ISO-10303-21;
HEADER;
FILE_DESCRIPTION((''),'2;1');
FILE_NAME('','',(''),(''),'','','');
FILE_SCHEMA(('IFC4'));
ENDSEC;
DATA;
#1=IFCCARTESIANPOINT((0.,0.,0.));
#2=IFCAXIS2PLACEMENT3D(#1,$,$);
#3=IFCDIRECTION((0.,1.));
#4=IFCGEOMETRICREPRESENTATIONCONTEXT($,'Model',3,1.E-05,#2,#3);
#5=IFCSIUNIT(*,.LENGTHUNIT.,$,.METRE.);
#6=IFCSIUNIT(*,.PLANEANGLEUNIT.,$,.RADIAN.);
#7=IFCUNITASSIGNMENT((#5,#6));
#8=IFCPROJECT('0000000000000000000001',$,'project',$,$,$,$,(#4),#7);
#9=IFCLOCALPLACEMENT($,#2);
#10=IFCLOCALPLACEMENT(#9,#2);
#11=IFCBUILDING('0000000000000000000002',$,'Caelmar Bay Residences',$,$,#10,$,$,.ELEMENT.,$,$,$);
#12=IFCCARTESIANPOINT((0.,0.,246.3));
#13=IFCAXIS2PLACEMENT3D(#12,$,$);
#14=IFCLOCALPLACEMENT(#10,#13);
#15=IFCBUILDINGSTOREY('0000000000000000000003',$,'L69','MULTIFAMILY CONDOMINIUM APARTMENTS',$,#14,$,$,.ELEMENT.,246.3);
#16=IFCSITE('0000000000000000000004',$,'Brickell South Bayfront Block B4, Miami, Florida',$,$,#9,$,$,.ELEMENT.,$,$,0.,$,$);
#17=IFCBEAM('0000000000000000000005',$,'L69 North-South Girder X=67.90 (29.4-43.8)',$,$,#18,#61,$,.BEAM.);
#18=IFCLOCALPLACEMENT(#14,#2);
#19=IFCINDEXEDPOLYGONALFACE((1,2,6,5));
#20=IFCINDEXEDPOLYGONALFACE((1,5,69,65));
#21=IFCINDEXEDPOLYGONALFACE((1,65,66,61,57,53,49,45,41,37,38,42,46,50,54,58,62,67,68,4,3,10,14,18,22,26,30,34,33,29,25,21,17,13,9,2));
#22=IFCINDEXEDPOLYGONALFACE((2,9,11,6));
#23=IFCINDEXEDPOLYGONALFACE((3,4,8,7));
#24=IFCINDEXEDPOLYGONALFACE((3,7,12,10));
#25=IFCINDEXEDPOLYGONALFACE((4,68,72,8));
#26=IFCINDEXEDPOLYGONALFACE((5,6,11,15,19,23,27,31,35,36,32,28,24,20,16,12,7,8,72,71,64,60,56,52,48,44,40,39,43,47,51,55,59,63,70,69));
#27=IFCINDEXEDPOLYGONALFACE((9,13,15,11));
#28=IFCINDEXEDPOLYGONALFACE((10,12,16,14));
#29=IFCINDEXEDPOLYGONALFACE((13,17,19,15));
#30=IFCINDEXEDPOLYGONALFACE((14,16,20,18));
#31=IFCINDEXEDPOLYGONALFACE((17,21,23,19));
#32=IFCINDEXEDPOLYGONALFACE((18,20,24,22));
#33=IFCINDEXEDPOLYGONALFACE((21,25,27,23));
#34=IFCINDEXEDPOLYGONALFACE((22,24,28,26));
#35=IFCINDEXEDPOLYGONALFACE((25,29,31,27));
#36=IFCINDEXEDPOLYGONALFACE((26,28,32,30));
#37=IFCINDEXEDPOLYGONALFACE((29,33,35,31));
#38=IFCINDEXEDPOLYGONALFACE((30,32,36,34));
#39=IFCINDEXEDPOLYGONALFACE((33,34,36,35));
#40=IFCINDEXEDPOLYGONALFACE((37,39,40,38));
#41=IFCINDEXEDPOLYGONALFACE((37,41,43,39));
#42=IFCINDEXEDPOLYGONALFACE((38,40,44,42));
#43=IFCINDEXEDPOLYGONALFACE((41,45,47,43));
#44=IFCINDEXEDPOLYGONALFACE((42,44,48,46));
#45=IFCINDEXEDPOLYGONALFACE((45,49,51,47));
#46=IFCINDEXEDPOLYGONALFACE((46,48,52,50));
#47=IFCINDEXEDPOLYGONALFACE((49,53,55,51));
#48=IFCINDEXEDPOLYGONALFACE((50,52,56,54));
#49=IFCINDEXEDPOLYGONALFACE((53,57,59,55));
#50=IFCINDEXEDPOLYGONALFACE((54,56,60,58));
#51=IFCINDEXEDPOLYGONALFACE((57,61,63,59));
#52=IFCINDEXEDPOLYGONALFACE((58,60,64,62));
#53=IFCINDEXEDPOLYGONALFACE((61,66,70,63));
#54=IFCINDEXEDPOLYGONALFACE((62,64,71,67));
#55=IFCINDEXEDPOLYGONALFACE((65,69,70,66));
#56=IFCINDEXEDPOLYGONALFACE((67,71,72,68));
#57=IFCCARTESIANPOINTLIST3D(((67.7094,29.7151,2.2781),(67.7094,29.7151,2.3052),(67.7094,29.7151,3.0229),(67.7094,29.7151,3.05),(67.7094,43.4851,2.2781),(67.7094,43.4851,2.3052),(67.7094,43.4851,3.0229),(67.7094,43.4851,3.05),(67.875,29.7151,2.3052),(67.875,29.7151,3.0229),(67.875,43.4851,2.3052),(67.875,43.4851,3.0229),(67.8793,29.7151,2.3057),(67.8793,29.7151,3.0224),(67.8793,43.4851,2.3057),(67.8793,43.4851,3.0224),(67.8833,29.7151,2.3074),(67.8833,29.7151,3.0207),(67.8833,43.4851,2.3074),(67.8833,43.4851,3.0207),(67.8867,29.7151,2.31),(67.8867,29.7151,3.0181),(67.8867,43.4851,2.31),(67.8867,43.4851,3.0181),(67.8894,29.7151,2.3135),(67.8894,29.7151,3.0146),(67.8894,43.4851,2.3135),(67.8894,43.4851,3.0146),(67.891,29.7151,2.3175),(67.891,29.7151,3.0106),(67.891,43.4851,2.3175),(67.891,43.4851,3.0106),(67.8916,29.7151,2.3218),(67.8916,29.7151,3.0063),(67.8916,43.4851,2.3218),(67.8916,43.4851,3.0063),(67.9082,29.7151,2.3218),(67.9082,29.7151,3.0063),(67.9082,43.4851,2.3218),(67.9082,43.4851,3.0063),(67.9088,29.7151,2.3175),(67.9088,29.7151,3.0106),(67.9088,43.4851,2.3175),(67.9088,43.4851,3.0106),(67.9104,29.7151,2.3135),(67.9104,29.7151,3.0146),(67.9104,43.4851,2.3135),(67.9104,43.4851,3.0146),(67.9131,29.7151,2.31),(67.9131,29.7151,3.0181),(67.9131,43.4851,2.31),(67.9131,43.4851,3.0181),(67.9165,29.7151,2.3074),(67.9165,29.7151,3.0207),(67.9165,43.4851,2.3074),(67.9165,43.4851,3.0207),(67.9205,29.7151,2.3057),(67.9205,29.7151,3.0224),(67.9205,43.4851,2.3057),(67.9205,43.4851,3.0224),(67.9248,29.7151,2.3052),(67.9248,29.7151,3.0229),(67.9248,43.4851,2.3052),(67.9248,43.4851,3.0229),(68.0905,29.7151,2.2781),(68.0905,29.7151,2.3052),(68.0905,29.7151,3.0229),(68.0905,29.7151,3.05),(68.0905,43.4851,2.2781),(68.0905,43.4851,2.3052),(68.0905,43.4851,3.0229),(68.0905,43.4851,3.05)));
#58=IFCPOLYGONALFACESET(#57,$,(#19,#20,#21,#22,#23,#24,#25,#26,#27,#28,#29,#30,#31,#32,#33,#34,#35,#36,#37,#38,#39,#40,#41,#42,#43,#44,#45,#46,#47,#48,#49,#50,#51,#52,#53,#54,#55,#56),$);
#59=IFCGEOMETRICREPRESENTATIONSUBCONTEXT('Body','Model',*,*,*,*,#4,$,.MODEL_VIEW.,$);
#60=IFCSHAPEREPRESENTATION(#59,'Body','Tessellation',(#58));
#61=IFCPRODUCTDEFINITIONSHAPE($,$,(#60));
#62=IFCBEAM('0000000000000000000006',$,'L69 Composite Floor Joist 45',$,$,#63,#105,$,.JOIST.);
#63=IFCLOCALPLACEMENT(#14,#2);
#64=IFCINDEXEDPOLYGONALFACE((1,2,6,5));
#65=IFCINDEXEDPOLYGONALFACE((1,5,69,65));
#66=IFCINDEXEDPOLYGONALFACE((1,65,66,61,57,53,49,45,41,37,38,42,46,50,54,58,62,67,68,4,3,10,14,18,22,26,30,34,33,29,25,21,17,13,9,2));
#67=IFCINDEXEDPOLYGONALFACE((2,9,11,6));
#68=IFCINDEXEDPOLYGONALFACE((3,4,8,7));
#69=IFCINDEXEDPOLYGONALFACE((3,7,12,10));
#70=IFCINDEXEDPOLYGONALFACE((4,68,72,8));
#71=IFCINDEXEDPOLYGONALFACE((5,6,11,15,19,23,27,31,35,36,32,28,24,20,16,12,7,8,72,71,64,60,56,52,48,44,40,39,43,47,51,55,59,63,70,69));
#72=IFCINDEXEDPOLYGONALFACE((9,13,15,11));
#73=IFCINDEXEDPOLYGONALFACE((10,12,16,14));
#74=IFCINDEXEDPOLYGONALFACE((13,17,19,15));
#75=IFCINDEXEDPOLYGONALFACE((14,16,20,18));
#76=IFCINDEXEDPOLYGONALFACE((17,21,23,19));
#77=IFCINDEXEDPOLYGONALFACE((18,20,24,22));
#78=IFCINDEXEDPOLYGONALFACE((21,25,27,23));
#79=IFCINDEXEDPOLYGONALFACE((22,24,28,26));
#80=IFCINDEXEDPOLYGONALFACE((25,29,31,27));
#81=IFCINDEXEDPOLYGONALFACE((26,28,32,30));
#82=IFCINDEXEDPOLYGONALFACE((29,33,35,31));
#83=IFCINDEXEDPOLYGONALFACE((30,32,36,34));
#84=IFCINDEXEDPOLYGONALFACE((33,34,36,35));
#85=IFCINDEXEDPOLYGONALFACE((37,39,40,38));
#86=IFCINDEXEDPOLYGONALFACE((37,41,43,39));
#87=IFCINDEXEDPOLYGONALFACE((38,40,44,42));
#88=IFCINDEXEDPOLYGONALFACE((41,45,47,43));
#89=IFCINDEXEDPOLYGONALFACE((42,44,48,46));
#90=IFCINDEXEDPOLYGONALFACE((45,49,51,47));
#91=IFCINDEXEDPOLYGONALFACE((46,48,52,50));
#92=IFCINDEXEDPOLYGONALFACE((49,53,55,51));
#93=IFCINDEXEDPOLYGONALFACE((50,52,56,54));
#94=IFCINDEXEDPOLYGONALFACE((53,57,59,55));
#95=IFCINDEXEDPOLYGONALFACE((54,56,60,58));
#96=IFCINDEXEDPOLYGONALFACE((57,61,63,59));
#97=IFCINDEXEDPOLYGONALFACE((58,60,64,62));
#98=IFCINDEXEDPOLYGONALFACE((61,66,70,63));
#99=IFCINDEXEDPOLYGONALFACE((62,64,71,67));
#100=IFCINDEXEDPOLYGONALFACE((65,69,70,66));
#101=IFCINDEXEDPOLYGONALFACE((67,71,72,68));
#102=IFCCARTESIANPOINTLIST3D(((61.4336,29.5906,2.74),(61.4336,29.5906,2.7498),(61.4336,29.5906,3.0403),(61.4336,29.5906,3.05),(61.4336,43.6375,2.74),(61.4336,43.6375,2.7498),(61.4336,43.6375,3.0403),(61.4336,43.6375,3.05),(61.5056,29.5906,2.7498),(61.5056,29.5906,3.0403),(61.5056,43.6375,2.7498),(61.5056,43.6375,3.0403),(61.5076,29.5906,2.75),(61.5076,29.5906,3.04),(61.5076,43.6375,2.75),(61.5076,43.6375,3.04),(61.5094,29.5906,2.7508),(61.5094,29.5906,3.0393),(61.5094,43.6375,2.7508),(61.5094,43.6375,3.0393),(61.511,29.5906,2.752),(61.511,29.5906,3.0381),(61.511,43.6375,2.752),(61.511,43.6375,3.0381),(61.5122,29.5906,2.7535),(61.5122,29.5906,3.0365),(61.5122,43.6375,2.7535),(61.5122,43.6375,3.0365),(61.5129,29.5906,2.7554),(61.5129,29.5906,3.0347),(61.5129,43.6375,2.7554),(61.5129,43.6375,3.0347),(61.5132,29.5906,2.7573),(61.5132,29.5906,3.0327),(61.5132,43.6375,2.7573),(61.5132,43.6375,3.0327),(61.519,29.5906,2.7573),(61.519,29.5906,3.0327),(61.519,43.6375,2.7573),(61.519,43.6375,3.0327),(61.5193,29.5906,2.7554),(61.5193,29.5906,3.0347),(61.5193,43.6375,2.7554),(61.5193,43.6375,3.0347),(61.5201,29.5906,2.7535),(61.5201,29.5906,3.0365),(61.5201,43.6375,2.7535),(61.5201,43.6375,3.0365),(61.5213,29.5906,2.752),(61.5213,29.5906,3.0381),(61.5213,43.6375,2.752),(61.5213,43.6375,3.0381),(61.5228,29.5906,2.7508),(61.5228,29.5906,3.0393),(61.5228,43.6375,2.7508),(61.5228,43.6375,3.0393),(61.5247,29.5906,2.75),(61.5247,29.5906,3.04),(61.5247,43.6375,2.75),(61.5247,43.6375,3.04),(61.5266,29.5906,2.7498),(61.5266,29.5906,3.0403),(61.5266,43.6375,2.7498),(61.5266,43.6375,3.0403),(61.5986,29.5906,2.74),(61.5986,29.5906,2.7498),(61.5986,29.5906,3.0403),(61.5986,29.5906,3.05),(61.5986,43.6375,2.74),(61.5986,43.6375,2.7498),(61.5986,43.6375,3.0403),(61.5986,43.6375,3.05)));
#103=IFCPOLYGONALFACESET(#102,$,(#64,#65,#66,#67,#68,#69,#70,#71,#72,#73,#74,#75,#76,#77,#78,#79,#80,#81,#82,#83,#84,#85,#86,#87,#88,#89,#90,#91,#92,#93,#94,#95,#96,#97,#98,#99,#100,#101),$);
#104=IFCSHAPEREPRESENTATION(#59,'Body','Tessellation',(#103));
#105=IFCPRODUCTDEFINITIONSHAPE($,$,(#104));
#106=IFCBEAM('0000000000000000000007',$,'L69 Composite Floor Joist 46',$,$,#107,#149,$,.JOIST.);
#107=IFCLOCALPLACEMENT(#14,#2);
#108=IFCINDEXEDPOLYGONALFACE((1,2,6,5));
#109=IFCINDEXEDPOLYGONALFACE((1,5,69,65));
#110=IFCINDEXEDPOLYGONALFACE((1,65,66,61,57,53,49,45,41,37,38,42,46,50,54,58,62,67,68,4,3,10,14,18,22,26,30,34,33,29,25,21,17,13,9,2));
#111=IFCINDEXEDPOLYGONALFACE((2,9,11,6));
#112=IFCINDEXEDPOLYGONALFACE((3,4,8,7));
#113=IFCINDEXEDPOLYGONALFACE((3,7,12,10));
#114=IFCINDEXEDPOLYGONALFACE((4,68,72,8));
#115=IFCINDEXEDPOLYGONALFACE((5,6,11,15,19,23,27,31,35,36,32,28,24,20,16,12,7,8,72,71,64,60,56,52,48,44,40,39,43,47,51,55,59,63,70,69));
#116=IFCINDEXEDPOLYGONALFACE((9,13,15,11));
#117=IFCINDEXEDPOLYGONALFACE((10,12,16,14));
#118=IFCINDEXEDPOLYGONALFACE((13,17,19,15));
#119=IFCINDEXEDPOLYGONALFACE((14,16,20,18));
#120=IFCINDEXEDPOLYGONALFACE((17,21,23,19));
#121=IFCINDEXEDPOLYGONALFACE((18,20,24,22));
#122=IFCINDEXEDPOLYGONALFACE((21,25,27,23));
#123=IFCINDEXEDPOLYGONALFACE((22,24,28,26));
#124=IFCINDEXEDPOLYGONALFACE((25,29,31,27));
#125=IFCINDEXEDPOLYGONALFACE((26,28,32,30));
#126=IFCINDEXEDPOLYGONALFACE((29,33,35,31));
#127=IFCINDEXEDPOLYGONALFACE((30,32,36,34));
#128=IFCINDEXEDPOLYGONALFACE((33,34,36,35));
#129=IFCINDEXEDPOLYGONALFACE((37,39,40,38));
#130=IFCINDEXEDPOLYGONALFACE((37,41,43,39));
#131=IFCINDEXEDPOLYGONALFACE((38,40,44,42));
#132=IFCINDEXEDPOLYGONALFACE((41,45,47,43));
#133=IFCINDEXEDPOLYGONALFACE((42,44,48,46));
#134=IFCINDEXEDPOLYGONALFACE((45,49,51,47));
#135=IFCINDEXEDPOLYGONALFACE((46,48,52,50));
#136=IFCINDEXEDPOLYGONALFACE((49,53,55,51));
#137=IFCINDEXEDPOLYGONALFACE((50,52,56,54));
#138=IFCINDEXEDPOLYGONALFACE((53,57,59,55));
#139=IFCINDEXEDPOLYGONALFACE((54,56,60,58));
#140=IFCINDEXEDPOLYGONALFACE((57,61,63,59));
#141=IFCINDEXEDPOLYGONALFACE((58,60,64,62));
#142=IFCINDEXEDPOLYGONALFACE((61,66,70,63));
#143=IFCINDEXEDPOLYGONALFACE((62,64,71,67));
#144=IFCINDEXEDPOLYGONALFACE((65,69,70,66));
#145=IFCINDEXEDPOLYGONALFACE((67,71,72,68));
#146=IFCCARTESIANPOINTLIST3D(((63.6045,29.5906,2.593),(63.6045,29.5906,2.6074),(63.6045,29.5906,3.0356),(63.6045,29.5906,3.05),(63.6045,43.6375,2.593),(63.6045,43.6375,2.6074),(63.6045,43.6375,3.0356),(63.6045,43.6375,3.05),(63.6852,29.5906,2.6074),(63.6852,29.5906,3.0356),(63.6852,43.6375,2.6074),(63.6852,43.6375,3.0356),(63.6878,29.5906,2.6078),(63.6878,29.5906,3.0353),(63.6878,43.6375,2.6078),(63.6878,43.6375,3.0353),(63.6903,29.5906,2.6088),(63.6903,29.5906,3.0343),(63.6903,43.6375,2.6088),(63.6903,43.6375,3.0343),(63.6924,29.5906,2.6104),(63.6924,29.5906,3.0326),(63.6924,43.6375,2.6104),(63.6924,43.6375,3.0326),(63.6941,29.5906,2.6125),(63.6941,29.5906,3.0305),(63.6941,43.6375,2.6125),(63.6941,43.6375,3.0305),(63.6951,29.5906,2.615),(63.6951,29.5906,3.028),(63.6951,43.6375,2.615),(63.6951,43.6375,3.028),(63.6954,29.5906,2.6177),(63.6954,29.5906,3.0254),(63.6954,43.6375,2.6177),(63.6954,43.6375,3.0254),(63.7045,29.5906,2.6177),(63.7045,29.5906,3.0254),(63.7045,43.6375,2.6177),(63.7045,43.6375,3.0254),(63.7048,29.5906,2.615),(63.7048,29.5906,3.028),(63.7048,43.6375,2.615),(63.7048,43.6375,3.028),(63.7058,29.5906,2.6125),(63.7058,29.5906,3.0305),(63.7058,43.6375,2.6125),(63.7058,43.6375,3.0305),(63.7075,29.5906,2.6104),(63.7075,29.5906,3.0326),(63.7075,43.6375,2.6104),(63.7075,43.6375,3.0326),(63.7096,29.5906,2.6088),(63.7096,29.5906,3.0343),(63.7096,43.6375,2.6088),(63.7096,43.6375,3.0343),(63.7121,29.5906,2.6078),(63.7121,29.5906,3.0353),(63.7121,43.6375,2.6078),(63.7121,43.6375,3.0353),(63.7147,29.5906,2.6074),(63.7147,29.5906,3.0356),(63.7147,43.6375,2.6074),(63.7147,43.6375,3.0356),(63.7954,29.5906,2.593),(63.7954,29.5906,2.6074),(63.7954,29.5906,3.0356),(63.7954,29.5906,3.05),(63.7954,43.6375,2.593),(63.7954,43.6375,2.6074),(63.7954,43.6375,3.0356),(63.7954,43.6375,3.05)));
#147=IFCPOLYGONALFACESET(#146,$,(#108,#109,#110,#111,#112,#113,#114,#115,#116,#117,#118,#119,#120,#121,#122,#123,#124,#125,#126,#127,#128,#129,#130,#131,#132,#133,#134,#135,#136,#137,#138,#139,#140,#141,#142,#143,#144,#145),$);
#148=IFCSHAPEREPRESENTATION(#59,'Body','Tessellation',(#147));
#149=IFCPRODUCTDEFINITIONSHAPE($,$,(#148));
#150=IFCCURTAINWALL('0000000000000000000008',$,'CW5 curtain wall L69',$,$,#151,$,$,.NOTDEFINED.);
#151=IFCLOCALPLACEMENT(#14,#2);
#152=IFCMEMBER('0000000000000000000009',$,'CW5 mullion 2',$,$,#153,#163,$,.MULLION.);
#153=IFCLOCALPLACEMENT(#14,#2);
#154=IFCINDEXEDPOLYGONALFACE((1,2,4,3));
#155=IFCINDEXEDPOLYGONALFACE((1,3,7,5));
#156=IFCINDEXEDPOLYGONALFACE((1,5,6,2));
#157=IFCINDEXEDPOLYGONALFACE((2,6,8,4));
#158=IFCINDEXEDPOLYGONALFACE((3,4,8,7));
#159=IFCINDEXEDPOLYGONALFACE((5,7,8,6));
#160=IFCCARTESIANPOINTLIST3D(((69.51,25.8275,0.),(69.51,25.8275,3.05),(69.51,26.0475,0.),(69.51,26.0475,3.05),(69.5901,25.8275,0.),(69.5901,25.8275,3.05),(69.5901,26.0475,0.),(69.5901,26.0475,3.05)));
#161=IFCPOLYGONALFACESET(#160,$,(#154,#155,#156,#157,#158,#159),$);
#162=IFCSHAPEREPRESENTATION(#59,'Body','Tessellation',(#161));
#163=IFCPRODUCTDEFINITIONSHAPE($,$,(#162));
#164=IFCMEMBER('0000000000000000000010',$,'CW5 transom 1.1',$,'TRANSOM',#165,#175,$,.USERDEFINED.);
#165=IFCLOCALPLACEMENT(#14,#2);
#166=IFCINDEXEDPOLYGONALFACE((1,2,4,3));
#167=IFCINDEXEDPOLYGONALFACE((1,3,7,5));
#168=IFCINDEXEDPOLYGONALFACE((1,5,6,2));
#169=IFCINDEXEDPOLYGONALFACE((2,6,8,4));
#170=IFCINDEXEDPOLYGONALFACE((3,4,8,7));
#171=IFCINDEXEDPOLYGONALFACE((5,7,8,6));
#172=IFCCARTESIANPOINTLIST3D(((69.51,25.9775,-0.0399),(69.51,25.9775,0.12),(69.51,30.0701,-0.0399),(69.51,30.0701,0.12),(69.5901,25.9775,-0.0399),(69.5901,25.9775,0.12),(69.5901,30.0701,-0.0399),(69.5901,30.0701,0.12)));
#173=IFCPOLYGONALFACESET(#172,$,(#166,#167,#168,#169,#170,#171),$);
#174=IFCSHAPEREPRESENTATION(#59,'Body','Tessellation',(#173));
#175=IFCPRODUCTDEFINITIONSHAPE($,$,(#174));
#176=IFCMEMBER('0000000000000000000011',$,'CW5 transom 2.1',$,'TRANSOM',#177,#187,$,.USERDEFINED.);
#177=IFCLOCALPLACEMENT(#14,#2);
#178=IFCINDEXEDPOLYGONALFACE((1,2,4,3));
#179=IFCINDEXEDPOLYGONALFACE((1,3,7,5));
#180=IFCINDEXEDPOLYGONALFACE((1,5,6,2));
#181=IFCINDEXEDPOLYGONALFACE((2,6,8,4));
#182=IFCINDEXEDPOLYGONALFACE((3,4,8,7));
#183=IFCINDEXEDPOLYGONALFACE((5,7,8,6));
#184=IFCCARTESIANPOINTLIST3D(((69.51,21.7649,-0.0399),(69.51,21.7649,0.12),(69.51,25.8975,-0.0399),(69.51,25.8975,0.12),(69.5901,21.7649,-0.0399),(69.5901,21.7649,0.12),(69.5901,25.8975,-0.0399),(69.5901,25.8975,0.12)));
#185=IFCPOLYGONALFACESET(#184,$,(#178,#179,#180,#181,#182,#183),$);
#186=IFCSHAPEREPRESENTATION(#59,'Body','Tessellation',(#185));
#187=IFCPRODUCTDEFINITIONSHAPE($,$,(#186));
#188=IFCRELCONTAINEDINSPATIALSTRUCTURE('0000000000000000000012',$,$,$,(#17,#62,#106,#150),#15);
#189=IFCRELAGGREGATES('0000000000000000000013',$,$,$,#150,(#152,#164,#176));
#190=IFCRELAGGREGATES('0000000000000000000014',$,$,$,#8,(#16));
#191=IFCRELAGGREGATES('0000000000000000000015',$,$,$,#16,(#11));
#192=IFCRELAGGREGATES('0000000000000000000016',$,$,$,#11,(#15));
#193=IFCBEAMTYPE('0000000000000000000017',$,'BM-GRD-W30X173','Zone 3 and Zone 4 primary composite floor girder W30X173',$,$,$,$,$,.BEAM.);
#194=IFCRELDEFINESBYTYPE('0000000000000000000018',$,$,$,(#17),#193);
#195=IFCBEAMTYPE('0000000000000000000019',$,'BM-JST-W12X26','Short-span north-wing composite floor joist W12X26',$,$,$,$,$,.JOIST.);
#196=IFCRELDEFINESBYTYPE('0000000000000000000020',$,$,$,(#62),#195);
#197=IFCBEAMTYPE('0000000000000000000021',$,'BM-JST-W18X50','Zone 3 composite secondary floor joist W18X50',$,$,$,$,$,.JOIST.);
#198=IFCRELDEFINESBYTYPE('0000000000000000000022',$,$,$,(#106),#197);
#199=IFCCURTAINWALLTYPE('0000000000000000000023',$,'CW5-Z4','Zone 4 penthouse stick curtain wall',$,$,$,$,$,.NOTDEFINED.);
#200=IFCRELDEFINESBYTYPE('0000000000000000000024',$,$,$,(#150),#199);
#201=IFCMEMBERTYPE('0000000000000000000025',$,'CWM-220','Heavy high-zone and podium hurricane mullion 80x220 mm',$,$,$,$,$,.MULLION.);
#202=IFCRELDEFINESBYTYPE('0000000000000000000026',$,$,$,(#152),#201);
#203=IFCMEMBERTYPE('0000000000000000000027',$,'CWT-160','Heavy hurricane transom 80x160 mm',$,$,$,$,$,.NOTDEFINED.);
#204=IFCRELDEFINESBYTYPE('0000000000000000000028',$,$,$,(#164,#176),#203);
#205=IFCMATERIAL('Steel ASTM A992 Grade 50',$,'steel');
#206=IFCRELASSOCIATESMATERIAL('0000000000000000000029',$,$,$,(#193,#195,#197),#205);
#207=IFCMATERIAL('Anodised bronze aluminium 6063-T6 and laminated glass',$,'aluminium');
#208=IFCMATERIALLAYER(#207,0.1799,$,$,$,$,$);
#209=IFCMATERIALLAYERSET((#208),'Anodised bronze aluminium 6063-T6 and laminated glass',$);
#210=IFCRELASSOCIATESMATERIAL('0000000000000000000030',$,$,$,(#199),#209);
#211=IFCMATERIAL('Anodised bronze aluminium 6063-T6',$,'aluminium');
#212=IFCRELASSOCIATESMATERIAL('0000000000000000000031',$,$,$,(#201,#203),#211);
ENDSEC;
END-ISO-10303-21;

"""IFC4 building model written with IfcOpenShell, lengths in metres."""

from ifc_helpers import new_model, si_unit, direction, frame, origin, origin_2d, place, context, subcontext, project, spatial, rectangle, i_section, extrude, material, layer, layer_set, material_profile, profile_set, type_object, element, aggregate, save


model = new_model("IFC4")

# Units and contexts
model_context = context("Model", 3, precision=1e-05, world=origin(), true_north=direction((0.0, 1.0)))
body_context = subcontext(model_context, "Body", "Model", "MODEL_VIEW")
ifc_project = project(units=[si_unit("LENGTHUNIT", "METRE"), si_unit("PLANEANGLEUNIT", "RADIAN")], contexts=[model_context])

# Site, building, storey
site_placement = place(None, origin())
site = spatial("IfcSite", under=ifc_project, at=site_placement, Name="Brickell South Bayfront Block B4, Miami, Florida", CompositionType="ELEMENT", RefElevation=0.0)
building_placement = place(site_placement, origin())
building = spatial("IfcBuilding", under=site, at=building_placement, Name="Caelmar Bay Residences", CompositionType="ELEMENT")
storey_placement = place(building_placement, frame((0.0, 0.0, 246.3)))
storey = spatial("IfcBuildingStorey", under=building, at=storey_placement, Name="L69", Description="MULTIFAMILY CONDOMINIUM APARTMENTS", CompositionType="ELEMENT", Elevation=246.3)

# Beams
ifc_material_1 = material(Name="Steel ASTM A992 Grade 50", Category="steel")
ifc_material_profile_1 = material_profile(ifc_material_1, i_section(OverallWidth=0.3811, OverallDepth=0.772, WebThickness=0.0166, FlangeThickness=0.0271, FilletRadius=0.0166, at=origin_2d()), Name="W30X173")
ifc_profile_set_1 = profile_set([ifc_material_profile_1], Name="Steel ASTM A992 Grade 50")
beam_type_1 = type_object("IfcBeamType", Name="BM-GRD-W30X173", Description="Zone 3 and Zone 4 primary composite floor girder W30X173", PredefinedType="BEAM", material=ifc_profile_set_1)
beam_1_placement = place(storey_placement, frame((67.8999, 29.7151, 2.6641), z_axis=(0.0, 1.0, 0.0), x_axis=(-1.0, 0.0, 0.0)))
element("IfcBeam", 1, at=beam_1_placement, inside=storey, type_object=beam_type_1, Name="L69 North-South Girder X=67.90 (29.4-43.8)", PredefinedType="BEAM", context=body_context, shape_type="SweptSolid", body=[
    extrude(i_section(OverallWidth=0.3811, OverallDepth=0.772, WebThickness=0.0166, FlangeThickness=0.0271, FilletRadius=0.0166, at=origin_2d()), origin(), (0.0, 0.0, 1.0), 13.77),
])
ifc_material_profile_2 = material_profile(ifc_material_1, i_section(OverallWidth=0.165, OverallDepth=0.3101, WebThickness=0.0059, FlangeThickness=0.0098, FilletRadius=0.0076, at=origin_2d()), Name="W12X26")
ifc_profile_set_2 = profile_set([ifc_material_profile_2], Name="Steel ASTM A992 Grade 50")
beam_type_2 = type_object("IfcBeamType", Name="BM-JST-W12X26", Description="Short-span north-wing composite floor joist W12X26", PredefinedType="JOIST", material=ifc_profile_set_2)
beam_2_placement = place(storey_placement, frame((61.5161, 29.5906, 2.895), z_axis=(0.0, 1.0, 0.0), x_axis=(-1.0, 0.0, 0.0)))
element("IfcBeam", 2, at=beam_2_placement, inside=storey, type_object=beam_type_2, Name="L69 Composite Floor Joist 45", PredefinedType="JOIST", context=body_context, shape_type="SweptSolid", body=[
    extrude(i_section(OverallWidth=0.165, OverallDepth=0.3101, WebThickness=0.0059, FlangeThickness=0.0098, FilletRadius=0.0076, at=origin_2d()), origin(), (0.0, 0.0, 1.0), 14.0469),
])
ifc_material_profile_3 = material_profile(ifc_material_1, i_section(OverallWidth=0.1909, OverallDepth=0.457, WebThickness=0.009, FlangeThickness=0.0144, FilletRadius=0.0103, at=origin_2d()), Name="W18X50")
ifc_profile_set_3 = profile_set([ifc_material_profile_3], Name="Steel ASTM A992 Grade 50")
beam_type_3 = type_object("IfcBeamType", Name="BM-JST-W18X50", Description="Zone 3 composite secondary floor joist W18X50", PredefinedType="JOIST", material=ifc_profile_set_3)
beam_3_placement = place(storey_placement, frame((63.7, 29.5906, 2.8215), z_axis=(0.0, 1.0, 0.0), x_axis=(-1.0, 0.0, 0.0)))
element("IfcBeam", 3, at=beam_3_placement, inside=storey, type_object=beam_type_3, Name="L69 Composite Floor Joist 46", PredefinedType="JOIST", context=body_context, shape_type="SweptSolid", body=[
    extrude(i_section(OverallWidth=0.1909, OverallDepth=0.457, WebThickness=0.009, FlangeThickness=0.0144, FilletRadius=0.0103, at=origin_2d()), origin(), (0.0, 0.0, 1.0), 14.0469),
])

# Curtain wall, members
ifc_material_2 = material(Name="Anodised bronze aluminium 6063-T6 and laminated glass", Category="aluminium")
ifc_layer_1 = layer(ifc_material_2, 0.1799)
ifc_layer_set_1 = layer_set([ifc_layer_1], Name="Anodised bronze aluminium 6063-T6 and laminated glass")
curtain_wall_type = type_object("IfcCurtainWallType", Name="CW5-Z4", Description="Zone 4 penthouse stick curtain wall", PredefinedType="NOTDEFINED", material=ifc_layer_set_1)
curtain_wall_placement = place(storey_placement, origin())
curtain_wall = element("IfcCurtainWall", 4, at=curtain_wall_placement, inside=storey, type_object=curtain_wall_type, Name="CW5 curtain wall L69", PredefinedType="NOTDEFINED")
ifc_material_3 = material(Name="Anodised bronze aluminium 6063-T6", Category="aluminium")
ifc_material_profile_4 = material_profile(ifc_material_3, rectangle(XDim=0.0801, YDim=0.22, at=origin_2d()), Name="CWM-80X220")
ifc_profile_set_4 = profile_set([ifc_material_profile_4], Name="Anodised bronze aluminium 6063-T6")
member_type_1 = type_object("IfcMemberType", Name="CWM-220", Description="Heavy high-zone and podium hurricane mullion 80x220 mm", PredefinedType="MULLION", material=ifc_profile_set_4)
member_1_placement = place(storey_placement, frame((69.55, 25.9375, 0.0), z_axis=(0.0, 0.0, 1.0), x_axis=(1.0, 0.0, 0.0)))
member_1 = element("IfcMember", 5, at=member_1_placement, type_object=member_type_1, Name="CW5 mullion 2", PredefinedType="MULLION", context=body_context, shape_type="SweptSolid", body=[
    extrude(rectangle(XDim=0.0801, YDim=0.22, at=origin_2d()), origin(), (0.0, 0.0, 1.0), 3.05),
])
ifc_material_profile_5 = material_profile(ifc_material_3, rectangle(XDim=0.0801, YDim=0.1599, at=origin_2d()), Name="CWT-80X160")
ifc_profile_set_5 = profile_set([ifc_material_profile_5], Name="Anodised bronze aluminium 6063-T6")
member_type_2 = type_object("IfcMemberType", Name="CWT-160", Description="Heavy hurricane transom 80x160 mm", PredefinedType="NOTDEFINED", material=ifc_profile_set_5)
member_2_placement = place(storey_placement, frame((69.55, 30.0701, 0.04), z_axis=(0.0, -1.0, 0.0), x_axis=(1.0, 0.0, 0.0)))
member_2 = element("IfcMember", 6, at=member_2_placement, type_object=member_type_2, Name="CW5 transom 1.1", ObjectType="TRANSOM", PredefinedType="USERDEFINED", context=body_context, shape_type="SweptSolid", body=[
    extrude(rectangle(XDim=0.0801, YDim=0.1599, at=origin_2d()), origin(), (0.0, 0.0, 1.0), 4.0925),
])
member_3_placement = place(storey_placement, frame((69.55, 25.8975, 0.04), z_axis=(0.0, -1.0, 0.0), x_axis=(1.0, 0.0, 0.0)))
member_3 = element("IfcMember", 7, at=member_3_placement, type_object=member_type_2, Name="CW5 transom 2.1", ObjectType="TRANSOM", PredefinedType="USERDEFINED", context=body_context, shape_type="SweptSolid", body=[
    extrude(rectangle(XDim=0.0801, YDim=0.1599, at=origin_2d()), origin(), (0.0, 0.0, 1.0), 4.1326),
])
aggregate(curtain_wall, [member_1, member_2, member_3])

save(model, "model.ifc")
